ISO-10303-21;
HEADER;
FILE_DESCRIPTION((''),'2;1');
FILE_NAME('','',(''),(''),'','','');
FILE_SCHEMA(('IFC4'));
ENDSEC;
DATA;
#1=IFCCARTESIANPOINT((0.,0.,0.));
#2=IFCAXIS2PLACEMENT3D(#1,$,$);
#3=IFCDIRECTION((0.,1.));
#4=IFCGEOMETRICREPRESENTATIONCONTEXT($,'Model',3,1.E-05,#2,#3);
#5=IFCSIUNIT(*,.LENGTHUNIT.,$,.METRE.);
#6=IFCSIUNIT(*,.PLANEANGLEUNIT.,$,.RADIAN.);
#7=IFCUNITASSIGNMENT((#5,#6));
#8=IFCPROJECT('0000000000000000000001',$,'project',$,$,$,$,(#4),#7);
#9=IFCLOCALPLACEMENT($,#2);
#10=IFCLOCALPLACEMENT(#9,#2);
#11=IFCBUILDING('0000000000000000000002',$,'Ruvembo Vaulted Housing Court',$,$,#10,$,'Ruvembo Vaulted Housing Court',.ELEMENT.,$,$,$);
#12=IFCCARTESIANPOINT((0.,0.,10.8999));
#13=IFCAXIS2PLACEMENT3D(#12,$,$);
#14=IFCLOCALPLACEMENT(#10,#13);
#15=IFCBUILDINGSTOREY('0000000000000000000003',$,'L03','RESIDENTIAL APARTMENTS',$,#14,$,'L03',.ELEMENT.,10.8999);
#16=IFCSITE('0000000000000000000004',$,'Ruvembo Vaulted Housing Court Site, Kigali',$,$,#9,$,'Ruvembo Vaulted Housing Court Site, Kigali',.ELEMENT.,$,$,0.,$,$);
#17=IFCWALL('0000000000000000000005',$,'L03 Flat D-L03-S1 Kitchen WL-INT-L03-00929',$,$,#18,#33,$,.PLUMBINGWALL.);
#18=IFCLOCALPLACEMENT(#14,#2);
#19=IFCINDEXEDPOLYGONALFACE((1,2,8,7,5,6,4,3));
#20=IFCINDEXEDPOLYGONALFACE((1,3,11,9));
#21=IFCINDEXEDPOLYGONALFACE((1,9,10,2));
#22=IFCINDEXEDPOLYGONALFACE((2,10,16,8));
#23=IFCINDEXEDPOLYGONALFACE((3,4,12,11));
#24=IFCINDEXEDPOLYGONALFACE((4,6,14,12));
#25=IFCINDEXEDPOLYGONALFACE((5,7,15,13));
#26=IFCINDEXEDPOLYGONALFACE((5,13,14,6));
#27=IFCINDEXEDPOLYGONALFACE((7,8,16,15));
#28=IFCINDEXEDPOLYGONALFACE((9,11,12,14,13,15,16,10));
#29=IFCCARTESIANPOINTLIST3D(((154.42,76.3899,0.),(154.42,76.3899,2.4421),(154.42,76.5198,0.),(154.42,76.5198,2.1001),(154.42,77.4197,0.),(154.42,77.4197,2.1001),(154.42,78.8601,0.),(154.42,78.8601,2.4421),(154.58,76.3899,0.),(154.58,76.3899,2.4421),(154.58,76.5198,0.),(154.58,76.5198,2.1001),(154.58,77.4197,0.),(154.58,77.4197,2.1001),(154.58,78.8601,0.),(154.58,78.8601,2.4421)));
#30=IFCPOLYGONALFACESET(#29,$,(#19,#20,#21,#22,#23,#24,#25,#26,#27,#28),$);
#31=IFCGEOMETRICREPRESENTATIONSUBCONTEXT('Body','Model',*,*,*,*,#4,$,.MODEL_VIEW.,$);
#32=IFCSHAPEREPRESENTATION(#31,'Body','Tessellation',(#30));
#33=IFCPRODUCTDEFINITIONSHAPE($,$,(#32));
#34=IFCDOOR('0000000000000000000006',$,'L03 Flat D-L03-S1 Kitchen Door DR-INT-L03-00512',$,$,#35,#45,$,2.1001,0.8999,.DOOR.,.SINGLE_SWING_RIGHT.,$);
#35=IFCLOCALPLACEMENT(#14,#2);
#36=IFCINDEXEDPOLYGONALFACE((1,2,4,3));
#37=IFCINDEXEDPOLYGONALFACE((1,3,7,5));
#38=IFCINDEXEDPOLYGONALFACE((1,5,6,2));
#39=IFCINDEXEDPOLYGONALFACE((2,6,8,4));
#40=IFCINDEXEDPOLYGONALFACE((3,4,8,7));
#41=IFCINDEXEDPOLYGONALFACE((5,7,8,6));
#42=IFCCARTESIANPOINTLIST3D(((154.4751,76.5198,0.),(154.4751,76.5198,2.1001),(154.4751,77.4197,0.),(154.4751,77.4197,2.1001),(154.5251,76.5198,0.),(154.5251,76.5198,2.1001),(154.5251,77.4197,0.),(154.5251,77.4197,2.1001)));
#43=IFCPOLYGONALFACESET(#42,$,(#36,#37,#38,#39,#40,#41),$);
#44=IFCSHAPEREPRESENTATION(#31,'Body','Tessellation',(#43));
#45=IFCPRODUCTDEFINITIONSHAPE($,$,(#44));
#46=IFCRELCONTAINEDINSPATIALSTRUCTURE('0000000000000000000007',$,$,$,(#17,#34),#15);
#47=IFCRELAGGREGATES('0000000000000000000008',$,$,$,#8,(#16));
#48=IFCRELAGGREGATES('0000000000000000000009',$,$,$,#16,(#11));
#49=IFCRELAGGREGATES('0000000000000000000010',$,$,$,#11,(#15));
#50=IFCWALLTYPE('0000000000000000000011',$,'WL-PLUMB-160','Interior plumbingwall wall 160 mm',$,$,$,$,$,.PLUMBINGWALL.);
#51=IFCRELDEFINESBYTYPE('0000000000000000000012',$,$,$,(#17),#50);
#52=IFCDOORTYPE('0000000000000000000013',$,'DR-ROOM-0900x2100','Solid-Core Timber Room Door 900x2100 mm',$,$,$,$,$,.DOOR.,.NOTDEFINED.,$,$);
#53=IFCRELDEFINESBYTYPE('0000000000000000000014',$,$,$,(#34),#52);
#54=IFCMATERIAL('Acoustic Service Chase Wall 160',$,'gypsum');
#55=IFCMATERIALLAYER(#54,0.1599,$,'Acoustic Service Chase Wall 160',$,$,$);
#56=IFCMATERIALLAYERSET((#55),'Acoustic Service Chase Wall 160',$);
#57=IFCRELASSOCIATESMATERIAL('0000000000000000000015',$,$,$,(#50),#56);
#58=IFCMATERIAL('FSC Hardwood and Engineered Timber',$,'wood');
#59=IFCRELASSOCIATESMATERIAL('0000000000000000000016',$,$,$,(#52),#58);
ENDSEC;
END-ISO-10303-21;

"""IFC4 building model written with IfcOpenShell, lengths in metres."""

from ifc_helpers import new_model, si_unit, direction, frame, frame_2d, origin, place, context, subcontext, project, spatial, rectangle, extrude, material, layer, layer_set, type_object, element, fill, save


model = new_model("IFC4")

# Units and contexts
model_context = context("Model", 3, precision=1e-05, world=origin(), true_north=direction((0.0, 1.0)))
body_context = subcontext(model_context, "Body", "Model", "MODEL_VIEW")
ifc_project = project(units=[si_unit("LENGTHUNIT", "METRE"), si_unit("PLANEANGLEUNIT", "RADIAN")], contexts=[model_context])

# Site, building, storey
site_placement = place(None, origin())
site = spatial("IfcSite", under=ifc_project, at=site_placement, Name="Ruvembo Vaulted Housing Court Site, Kigali", LongName="Ruvembo Vaulted Housing Court Site, Kigali", CompositionType="ELEMENT", RefElevation=0.0)
building_placement = place(site_placement, origin())
building = spatial("IfcBuilding", under=site, at=building_placement, Name="Ruvembo Vaulted Housing Court", LongName="Ruvembo Vaulted Housing Court", CompositionType="ELEMENT")
storey_placement = place(building_placement, frame((0.0, 0.0, 10.8999)))
storey = spatial("IfcBuildingStorey", under=building, at=storey_placement, Name="L03", Description="RESIDENTIAL APARTMENTS", LongName="L03", CompositionType="ELEMENT", Elevation=10.8999)

# Shared definitions
ifc_material_1 = material(Name="FSC Hardwood and Engineered Timber", Category="wood")

# Wall, opening, door
ifc_material_2 = material(Name="Acoustic Service Chase Wall 160", Category="gypsum")
ifc_layer_1 = layer(ifc_material_2, 0.1599, Name="Acoustic Service Chase Wall 160")
ifc_layer_set_1 = layer_set([ifc_layer_1], Name="Acoustic Service Chase Wall 160")
wall_type_1 = type_object("IfcWallType", Name="WL-PLUMB-160", Description="Interior plumbingwall wall 160 mm", PredefinedType="PLUMBINGWALL", material=ifc_layer_set_1)
wall_1_placement = place(storey_placement, frame((154.5, 76.3899, 0.0), z_axis=(0.0, 0.0, 1.0), x_axis=(0.0, 1.0, 0.0)))
wall_1 = element("IfcWall", 1, at=wall_1_placement, inside=storey, type_object=wall_type_1, Name="L03 Flat D-L03-S1 Kitchen WL-INT-L03-00929", PredefinedType="PLUMBINGWALL", context=body_context, shape_type="SweptSolid", body=[
    extrude(rectangle(XDim=2.4702, YDim=0.1599, at=frame_2d((1.2351, 0.0))), origin(), (0.0, 0.0, 1.0), 2.4421),
])
opening_1_placement = place(wall_1_placement, frame((0.1299, 0.0, 0.0)))
opening_1 = element("IfcOpeningElement", 2, at=opening_1_placement, cuts=wall_1, PredefinedType="OPENING", context=body_context, shape_type="SweptSolid", body=[
    extrude(rectangle(XDim=0.8999, YDim=2.1001, at=frame_2d((0.45, 1.05))), frame((0.0, 0.0898, 0.0), z_axis=(0.0, -1.0, 0.0), x_axis=(1.0, 0.0, 0.0)), (0.0, 0.0, 1.0), 0.1799),
])
door_type_1 = type_object("IfcDoorType", Name="DR-ROOM-0900x2100", Description="Solid-Core Timber Room Door 900x2100 mm", OperationType="NOTDEFINED", PredefinedType="DOOR", material=ifc_material_1)
door_1_placement = place(opening_1_placement, origin())
door_1 = element("IfcDoor", 3, at=door_1_placement, inside=storey, type_object=door_type_1, Name="L03 Flat D-L03-S1 Kitchen Door DR-INT-L03-00512", OperationType="SINGLE_SWING_RIGHT", OverallHeight=2.1001, OverallWidth=0.8999, PredefinedType="DOOR", context=body_context, shape_type="SweptSolid", body=[
    extrude(rectangle(XDim=0.8999, YDim=2.1001, at=frame_2d((0.45, 1.05))), frame((0.0, 0.0249, 0.0), z_axis=(0.0, -1.0, 0.0), x_axis=(1.0, 0.0, 0.0)), (0.0, 0.0, 1.0), 0.05),
])
fill(opening_1, door_1)

save(model, "model.ifc")
